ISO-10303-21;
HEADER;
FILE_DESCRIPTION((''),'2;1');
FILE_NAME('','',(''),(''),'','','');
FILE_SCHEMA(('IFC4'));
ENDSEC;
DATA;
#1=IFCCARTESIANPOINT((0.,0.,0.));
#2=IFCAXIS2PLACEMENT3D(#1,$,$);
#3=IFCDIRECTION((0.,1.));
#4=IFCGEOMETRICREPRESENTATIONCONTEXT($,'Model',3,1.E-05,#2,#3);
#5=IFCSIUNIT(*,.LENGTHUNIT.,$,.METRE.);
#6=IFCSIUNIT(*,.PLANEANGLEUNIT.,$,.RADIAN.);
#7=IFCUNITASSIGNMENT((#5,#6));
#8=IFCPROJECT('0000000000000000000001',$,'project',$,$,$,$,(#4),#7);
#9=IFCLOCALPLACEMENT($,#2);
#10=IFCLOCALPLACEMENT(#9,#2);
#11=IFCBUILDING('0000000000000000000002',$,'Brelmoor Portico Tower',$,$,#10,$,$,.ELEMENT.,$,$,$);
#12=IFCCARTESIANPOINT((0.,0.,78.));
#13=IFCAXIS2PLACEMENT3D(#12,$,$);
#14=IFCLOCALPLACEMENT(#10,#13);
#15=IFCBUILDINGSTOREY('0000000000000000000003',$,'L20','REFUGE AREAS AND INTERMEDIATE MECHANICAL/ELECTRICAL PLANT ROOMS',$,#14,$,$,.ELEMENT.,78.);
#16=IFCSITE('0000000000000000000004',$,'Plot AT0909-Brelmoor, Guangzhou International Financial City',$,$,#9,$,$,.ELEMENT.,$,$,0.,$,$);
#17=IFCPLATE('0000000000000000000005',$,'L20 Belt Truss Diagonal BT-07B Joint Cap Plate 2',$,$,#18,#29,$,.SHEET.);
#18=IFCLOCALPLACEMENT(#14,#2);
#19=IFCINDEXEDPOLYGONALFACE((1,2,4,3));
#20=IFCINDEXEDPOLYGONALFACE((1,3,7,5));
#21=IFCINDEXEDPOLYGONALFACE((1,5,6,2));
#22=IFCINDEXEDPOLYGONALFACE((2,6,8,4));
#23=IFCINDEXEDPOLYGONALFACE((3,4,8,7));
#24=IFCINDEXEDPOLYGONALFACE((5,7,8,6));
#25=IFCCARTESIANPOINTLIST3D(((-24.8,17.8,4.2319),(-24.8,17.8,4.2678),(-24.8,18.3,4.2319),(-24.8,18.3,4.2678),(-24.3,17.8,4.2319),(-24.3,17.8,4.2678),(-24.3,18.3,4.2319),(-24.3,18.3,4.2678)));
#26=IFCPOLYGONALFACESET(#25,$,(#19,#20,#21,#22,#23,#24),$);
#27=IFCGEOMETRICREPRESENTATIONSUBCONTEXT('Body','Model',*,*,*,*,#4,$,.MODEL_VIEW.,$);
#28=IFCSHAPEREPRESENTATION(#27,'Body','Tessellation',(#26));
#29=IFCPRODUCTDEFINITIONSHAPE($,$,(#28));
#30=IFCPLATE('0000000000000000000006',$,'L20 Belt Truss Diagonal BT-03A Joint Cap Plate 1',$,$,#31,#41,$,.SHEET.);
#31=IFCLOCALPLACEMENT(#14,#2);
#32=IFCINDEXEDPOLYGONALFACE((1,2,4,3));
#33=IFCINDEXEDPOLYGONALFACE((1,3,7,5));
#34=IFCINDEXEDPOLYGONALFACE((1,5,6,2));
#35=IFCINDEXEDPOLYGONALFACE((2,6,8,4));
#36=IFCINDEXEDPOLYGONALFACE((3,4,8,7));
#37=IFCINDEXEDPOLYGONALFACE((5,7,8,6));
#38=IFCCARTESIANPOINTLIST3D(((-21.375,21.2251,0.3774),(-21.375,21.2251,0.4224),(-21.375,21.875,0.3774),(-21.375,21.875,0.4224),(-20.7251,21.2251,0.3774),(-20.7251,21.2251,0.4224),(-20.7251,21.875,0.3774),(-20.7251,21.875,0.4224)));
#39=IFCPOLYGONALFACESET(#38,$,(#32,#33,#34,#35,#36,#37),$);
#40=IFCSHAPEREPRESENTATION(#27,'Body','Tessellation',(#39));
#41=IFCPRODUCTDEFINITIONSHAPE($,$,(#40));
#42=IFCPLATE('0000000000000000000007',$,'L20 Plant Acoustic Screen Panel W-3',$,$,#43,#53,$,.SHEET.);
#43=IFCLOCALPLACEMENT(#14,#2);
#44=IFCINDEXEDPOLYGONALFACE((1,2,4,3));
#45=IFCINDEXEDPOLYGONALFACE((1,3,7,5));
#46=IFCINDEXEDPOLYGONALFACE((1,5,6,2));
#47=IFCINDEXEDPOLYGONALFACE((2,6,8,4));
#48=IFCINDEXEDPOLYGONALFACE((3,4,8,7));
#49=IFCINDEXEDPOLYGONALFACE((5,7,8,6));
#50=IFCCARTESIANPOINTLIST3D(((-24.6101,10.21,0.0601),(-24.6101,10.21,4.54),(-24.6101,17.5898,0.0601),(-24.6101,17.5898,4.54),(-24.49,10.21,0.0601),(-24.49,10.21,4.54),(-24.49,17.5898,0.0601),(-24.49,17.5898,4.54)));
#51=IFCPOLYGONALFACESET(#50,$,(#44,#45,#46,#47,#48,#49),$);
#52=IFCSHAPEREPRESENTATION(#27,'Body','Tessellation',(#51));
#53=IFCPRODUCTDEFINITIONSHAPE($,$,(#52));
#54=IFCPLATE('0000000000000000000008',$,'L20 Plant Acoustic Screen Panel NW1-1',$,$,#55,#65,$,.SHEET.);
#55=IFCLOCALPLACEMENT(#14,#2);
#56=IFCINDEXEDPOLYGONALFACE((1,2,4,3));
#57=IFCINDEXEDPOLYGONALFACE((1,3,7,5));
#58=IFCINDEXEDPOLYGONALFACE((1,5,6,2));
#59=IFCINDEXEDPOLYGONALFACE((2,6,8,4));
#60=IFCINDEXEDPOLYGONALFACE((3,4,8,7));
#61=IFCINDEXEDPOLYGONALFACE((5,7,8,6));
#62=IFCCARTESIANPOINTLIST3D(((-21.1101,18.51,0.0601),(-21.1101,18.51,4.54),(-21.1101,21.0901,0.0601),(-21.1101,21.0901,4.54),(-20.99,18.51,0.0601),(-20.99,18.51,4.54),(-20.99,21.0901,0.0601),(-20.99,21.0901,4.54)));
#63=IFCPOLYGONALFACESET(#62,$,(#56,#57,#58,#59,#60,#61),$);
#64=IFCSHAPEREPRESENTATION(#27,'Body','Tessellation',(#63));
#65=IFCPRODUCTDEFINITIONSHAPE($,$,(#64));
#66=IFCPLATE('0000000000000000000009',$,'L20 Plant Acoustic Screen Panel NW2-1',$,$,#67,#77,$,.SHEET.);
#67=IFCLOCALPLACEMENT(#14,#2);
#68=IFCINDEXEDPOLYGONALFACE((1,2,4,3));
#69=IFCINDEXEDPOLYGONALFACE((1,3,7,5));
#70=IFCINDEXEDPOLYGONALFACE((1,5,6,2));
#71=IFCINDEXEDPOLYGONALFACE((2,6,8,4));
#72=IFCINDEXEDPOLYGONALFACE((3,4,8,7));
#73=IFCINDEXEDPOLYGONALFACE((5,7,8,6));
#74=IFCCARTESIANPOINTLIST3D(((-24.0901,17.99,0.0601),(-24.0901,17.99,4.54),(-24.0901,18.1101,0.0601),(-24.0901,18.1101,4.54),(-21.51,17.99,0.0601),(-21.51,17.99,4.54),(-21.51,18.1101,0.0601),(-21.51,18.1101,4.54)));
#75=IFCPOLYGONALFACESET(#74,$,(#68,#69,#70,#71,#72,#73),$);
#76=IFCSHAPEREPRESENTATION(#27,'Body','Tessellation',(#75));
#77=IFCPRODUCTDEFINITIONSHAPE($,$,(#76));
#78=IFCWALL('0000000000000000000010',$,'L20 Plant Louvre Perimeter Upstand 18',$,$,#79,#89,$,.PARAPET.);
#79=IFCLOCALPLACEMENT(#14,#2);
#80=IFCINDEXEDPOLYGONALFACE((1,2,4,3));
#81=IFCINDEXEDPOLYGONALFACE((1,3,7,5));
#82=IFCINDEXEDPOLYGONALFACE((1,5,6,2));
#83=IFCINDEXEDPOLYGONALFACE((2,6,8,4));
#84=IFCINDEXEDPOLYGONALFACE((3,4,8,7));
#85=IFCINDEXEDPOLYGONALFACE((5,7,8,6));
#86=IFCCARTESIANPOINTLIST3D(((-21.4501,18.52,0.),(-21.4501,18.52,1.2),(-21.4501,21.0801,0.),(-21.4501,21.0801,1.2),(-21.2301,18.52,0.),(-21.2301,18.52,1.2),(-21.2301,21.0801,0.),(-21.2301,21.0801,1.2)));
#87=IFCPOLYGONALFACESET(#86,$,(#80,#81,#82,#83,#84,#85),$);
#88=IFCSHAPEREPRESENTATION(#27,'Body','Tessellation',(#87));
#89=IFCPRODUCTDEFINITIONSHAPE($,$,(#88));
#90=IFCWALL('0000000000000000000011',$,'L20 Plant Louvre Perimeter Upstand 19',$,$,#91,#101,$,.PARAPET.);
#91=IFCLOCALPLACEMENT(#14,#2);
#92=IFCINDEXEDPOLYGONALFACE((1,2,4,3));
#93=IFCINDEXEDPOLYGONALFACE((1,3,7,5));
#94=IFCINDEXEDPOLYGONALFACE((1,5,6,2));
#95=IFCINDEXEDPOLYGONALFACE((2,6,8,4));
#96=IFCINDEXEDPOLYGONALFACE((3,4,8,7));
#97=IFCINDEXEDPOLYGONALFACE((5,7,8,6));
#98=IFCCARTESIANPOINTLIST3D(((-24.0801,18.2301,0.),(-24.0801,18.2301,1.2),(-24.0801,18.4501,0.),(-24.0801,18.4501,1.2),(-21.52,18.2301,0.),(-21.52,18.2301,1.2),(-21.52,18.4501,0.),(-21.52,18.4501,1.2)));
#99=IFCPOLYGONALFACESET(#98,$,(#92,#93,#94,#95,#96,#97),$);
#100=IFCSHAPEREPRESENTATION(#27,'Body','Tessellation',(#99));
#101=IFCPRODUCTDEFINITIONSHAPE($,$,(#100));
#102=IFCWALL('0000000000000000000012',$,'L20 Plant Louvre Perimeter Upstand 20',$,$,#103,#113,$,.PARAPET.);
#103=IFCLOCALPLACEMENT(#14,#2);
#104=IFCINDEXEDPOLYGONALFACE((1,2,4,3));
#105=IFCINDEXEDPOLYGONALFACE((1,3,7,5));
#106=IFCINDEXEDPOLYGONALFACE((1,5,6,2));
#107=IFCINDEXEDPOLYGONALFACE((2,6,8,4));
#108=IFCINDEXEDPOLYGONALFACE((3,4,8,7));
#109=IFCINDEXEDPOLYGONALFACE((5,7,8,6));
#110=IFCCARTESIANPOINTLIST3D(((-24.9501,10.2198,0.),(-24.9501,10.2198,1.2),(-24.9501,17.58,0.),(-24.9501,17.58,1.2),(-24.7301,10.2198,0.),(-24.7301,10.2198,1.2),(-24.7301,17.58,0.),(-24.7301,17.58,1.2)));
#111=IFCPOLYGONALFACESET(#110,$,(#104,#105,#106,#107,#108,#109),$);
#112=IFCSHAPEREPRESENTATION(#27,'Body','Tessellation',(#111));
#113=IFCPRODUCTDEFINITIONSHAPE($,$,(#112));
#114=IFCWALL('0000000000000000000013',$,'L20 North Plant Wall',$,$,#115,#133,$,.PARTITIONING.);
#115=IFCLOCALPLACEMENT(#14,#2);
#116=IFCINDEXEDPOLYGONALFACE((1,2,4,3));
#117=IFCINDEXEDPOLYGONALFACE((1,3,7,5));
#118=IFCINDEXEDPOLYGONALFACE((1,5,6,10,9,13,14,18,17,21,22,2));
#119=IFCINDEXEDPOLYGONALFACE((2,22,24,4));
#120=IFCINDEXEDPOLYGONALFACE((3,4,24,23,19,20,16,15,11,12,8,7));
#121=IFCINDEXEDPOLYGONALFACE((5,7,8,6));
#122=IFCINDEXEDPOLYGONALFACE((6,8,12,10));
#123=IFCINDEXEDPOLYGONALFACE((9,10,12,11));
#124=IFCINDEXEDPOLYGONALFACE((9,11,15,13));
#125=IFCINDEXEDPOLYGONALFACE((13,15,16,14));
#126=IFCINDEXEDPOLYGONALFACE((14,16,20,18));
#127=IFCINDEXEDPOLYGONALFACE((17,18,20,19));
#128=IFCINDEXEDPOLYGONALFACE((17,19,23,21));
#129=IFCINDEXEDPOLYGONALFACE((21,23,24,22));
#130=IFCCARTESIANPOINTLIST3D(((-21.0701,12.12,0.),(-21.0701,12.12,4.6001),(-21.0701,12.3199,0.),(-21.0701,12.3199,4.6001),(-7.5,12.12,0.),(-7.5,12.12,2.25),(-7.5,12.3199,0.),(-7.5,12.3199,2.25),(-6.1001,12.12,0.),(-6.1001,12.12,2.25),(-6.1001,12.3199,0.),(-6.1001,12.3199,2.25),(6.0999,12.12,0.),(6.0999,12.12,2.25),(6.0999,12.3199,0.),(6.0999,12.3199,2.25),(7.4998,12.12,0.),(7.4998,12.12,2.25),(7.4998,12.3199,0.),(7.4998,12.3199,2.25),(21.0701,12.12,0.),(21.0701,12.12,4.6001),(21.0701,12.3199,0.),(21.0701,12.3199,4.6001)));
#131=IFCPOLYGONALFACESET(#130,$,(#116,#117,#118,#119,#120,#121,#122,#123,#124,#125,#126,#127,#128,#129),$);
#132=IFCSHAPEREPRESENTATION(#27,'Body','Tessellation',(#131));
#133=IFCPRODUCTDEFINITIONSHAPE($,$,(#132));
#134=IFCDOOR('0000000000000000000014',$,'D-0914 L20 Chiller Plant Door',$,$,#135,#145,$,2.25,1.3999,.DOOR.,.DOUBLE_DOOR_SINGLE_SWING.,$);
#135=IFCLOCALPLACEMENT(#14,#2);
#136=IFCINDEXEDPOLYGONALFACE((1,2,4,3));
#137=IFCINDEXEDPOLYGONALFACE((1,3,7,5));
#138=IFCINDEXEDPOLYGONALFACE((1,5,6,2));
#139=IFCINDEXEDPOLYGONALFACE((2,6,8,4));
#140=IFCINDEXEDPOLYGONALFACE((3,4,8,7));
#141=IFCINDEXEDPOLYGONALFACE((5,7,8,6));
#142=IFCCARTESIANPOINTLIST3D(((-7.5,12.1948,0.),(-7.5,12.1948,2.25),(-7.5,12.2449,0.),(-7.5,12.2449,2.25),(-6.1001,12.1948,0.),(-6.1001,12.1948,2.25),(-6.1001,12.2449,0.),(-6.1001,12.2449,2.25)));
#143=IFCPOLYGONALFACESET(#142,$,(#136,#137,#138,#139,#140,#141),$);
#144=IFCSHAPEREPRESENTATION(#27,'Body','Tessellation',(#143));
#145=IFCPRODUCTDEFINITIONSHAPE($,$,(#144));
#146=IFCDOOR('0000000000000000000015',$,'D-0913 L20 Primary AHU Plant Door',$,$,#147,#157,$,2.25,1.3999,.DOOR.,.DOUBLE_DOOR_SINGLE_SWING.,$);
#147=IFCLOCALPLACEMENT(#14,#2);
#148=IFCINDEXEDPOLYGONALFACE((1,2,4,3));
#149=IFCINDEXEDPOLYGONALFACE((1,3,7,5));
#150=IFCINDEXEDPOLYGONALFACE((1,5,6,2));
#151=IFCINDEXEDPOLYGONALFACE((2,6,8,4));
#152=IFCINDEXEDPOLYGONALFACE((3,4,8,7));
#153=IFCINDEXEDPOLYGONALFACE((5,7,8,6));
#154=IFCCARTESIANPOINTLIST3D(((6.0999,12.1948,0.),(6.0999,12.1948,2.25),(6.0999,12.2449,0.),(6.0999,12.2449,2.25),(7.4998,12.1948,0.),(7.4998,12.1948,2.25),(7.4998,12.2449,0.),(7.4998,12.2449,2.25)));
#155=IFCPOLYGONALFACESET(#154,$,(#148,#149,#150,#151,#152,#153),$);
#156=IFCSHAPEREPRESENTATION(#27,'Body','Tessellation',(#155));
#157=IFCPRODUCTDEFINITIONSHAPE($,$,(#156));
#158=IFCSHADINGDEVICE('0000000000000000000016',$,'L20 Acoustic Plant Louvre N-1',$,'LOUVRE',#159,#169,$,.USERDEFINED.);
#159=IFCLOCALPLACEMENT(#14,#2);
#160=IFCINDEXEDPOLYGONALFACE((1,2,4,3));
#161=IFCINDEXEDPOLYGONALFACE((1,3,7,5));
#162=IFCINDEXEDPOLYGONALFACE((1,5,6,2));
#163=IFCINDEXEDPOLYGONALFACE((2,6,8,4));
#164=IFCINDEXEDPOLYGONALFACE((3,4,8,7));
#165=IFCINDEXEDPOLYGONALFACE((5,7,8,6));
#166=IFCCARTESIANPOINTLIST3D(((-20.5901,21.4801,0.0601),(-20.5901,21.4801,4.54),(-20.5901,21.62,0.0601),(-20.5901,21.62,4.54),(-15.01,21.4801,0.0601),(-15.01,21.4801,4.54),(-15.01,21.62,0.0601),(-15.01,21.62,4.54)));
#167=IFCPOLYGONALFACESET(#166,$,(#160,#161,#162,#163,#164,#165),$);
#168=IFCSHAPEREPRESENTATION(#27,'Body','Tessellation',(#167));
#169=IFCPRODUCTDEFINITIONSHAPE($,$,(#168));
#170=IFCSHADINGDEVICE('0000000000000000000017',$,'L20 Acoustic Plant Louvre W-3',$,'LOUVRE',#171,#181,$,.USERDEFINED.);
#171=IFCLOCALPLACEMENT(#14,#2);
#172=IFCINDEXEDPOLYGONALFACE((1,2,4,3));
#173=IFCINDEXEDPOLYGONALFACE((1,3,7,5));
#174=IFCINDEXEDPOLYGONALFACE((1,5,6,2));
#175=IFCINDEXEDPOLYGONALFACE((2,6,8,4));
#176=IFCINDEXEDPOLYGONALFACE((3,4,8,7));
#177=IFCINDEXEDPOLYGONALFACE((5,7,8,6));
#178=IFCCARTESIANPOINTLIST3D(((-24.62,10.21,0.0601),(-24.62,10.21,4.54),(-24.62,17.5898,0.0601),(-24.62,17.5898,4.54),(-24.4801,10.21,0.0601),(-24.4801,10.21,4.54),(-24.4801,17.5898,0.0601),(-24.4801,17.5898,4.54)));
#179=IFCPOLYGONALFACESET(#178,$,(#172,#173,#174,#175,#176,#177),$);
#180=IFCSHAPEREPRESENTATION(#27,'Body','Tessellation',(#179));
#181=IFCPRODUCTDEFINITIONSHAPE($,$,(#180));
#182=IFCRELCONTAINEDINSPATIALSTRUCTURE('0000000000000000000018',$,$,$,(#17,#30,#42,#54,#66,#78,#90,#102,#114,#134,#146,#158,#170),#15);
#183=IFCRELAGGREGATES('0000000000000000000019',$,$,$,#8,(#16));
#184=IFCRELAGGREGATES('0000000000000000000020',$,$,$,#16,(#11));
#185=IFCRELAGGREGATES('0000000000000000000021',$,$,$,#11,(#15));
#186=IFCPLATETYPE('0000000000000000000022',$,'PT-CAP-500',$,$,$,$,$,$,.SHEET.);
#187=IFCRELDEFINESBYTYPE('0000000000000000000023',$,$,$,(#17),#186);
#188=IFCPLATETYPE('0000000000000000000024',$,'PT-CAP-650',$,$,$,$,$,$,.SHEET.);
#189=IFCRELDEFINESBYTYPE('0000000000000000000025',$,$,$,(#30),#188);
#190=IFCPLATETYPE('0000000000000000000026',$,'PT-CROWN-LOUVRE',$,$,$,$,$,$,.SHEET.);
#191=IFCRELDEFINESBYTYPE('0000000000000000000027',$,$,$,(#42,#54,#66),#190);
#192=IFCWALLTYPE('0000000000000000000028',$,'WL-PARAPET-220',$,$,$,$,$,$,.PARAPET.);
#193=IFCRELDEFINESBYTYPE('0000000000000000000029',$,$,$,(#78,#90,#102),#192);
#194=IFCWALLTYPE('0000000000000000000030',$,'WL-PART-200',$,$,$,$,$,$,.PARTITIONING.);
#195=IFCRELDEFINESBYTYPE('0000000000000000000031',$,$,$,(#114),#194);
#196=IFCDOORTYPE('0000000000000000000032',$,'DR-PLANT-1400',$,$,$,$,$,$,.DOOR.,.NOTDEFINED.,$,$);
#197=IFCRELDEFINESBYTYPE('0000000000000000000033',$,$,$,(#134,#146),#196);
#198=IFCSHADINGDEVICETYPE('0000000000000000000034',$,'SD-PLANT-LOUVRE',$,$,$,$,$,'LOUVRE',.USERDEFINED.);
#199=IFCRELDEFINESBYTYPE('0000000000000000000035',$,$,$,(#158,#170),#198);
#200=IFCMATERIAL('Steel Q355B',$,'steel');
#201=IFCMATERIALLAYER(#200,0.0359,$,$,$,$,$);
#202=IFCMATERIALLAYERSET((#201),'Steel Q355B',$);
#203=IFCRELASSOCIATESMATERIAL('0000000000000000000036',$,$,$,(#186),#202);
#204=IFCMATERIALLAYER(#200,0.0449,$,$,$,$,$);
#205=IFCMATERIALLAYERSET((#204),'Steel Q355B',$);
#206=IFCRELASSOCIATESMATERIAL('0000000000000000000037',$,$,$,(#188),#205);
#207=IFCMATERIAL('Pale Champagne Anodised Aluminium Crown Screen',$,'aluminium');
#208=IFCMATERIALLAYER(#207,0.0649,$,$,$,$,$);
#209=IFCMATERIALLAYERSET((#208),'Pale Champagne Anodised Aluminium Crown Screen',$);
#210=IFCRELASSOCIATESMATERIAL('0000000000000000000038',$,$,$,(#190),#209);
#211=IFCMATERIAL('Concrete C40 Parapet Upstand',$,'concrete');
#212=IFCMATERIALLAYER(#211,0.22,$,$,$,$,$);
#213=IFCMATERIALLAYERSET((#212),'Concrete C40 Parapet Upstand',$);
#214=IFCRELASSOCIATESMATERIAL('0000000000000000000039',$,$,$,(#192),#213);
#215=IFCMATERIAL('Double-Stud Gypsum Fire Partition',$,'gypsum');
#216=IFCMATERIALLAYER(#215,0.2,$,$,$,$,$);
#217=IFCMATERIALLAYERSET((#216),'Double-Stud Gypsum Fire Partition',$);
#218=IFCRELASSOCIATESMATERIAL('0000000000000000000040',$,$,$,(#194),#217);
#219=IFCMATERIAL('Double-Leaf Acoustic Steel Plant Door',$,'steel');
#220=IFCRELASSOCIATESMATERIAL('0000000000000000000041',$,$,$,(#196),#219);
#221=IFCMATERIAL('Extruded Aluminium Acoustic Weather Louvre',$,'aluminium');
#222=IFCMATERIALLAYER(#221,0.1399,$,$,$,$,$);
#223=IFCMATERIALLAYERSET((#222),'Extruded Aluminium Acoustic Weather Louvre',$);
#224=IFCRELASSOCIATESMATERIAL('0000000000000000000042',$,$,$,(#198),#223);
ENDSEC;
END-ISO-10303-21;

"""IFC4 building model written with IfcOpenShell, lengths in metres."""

from ifc_helpers import new_model, si_unit, direction, frame, frame_2d, origin, origin_2d, place, context, subcontext, project, spatial, rectangle, extrude, material, layer, layer_set, type_object, element, fill, save


model = new_model("IFC4")

# Units and contexts
model_context = context("Model", 3, precision=1e-05, world=origin(), true_north=direction((0.0, 1.0)))
body_context = subcontext(model_context, "Body", "Model", "MODEL_VIEW")
ifc_project = project(units=[si_unit("LENGTHUNIT", "METRE"), si_unit("PLANEANGLEUNIT", "RADIAN")], contexts=[model_context])

# Site, building, storey
site_placement = place(None, origin())
site = spatial("IfcSite", under=ifc_project, at=site_placement, Name="Plot AT0909-Brelmoor, Guangzhou International Financial City", CompositionType="ELEMENT", RefElevation=0.0)
building_placement = place(site_placement, origin())
building = spatial("IfcBuilding", under=site, at=building_placement, Name="Brelmoor Portico Tower", CompositionType="ELEMENT")
storey_placement = place(building_placement, frame((0.0, 0.0, 78.0)))
storey = spatial("IfcBuildingStorey", under=building, at=storey_placement, Name="L20", Description="REFUGE AREAS AND INTERMEDIATE MECHANICAL/ELECTRICAL PLANT ROOMS", CompositionType="ELEMENT", Elevation=78.0)

# Shared definitions
ifc_material_1 = material(Name="Steel Q355B", Category="steel")

# Plates
ifc_layer_1 = layer(ifc_material_1, 0.0359)
ifc_layer_set_1 = layer_set([ifc_layer_1], Name="Steel Q355B")
plate_type_1 = type_object("IfcPlateType", Name="PT-CAP-500", PredefinedType="SHEET", material=ifc_layer_set_1)
plate_1_placement = place(storey_placement, frame((-24.55, 18.05, 4.2319), z_axis=(0.0, 0.0, 1.0), x_axis=(1.0, 0.0, 0.0)))
element("IfcPlate", 1, at=plate_1_placement, inside=storey, type_object=plate_type_1, Name="L20 Belt Truss Diagonal BT-07B Joint Cap Plate 2", PredefinedType="SHEET", context=body_context, shape_type="SweptSolid", body=[
    extrude(rectangle(XDim=0.5, YDim=0.5, at=origin_2d()), origin(), (0.0, 0.0, 1.0), 0.0359),
])
ifc_layer_2 = layer(ifc_material_1, 0.0449)
ifc_layer_set_2 = layer_set([ifc_layer_2], Name="Steel Q355B")
plate_type_2 = type_object("IfcPlateType", Name="PT-CAP-650", PredefinedType="SHEET", material=ifc_layer_set_2)
plate_2_placement = place(storey_placement, frame((-21.05, 21.55, 0.3774), z_axis=(0.0, 0.0, 1.0), x_axis=(1.0, 0.0, 0.0)))
element("IfcPlate", 2, at=plate_2_placement, inside=storey, type_object=plate_type_2, Name="L20 Belt Truss Diagonal BT-03A Joint Cap Plate 1", PredefinedType="SHEET", context=body_context, shape_type="SweptSolid", body=[
    extrude(rectangle(XDim=0.6499, YDim=0.6499, at=origin_2d()), origin(), (0.0, 0.0, 1.0), 0.0449),
])
ifc_material_2 = material(Name="Pale Champagne Anodised Aluminium Crown Screen", Category="aluminium")
ifc_layer_3 = layer(ifc_material_2, 0.0649)
ifc_layer_set_3 = layer_set([ifc_layer_3], Name="Pale Champagne Anodised Aluminium Crown Screen")
plate_type_3 = type_object("IfcPlateType", Name="PT-CROWN-LOUVRE", PredefinedType="SHEET", material=ifc_layer_set_3)
plate_3_placement = place(storey_placement, frame((-24.55, 13.8999, 0.0601), z_axis=(0.0, 0.0, 1.0), x_axis=(0.0, 1.0, 0.0)))
element("IfcPlate", 3, at=plate_3_placement, inside=storey, type_object=plate_type_3, Name="L20 Plant Acoustic Screen Panel W-3", PredefinedType="SHEET", context=body_context, shape_type="SweptSolid", body=[
    extrude(rectangle(XDim=7.3799, YDim=0.1201, at=origin_2d()), origin(), (0.0, 0.0, 1.0), 4.48),
])
for number, where, z_axis, x_axis, name in (
    (4, (-21.05, 19.8, 0.0601), (0.0, 0.0, 1.0), (0.0, 1.0, 0.0), "L20 Plant Acoustic Screen Panel NW1-1"),
    (5, (-22.8, 18.05, 0.0601), (0.0, 0.0, 1.0), (1.0, 0.0, 0.0), "L20 Plant Acoustic Screen Panel NW2-1"),
):
    element("IfcPlate", number, at=place(storey_placement, frame(where, z_axis=z_axis, x_axis=x_axis)), inside=storey, type_object=plate_type_3, Name=name, PredefinedType="SHEET", context=body_context, shape_type="SweptSolid", body=[
        extrude(rectangle(XDim=2.5801, YDim=0.1201, at=origin_2d()), origin(), (0.0, 0.0, 1.0), 4.48),
    ])

# Walls
ifc_material_3 = material(Name="Concrete C40 Parapet Upstand", Category="concrete")
ifc_layer_4 = layer(ifc_material_3, 0.22)
ifc_layer_set_4 = layer_set([ifc_layer_4], Name="Concrete C40 Parapet Upstand")
wall_type_1 = type_object("IfcWallType", Name="WL-PARAPET-220", PredefinedType="PARAPET", material=ifc_layer_set_4)
for number, where, z_axis, x_axis, name in (
    (6, (-21.3401, 21.0801, 0.0), (0.0, 0.0, 1.0), (0.0, -1.0, 0.0), "L20 Plant Louvre Perimeter Upstand 18"),
    (7, (-21.52, 18.3401, 0.0), (0.0, 0.0, 1.0), (-1.0, 0.0, 0.0), "L20 Plant Louvre Perimeter Upstand 19"),
):
    element("IfcWall", number, at=place(storey_placement, frame(where, z_axis=z_axis, x_axis=x_axis)), inside=storey, type_object=wall_type_1, Name=name, PredefinedType="PARAPET", context=body_context, shape_type="SweptSolid", body=[
        extrude(rectangle(XDim=2.5601, YDim=0.22, at=frame_2d((1.28, 0.0))), origin(), (0.0, 0.0, 1.0), 1.2),
    ])
wall_1_placement = place(storey_placement, frame((-24.8401, 17.5801, 0.0), z_axis=(0.0, 0.0, 1.0), x_axis=(0.0, -1.0, 0.0)))
element("IfcWall", 8, at=wall_1_placement, inside=storey, type_object=wall_type_1, Name="L20 Plant Louvre Perimeter Upstand 20", PredefinedType="PARAPET", context=body_context, shape_type="SweptSolid", body=[
    extrude(rectangle(XDim=7.3601, YDim=0.22, at=frame_2d((3.6802, 0.0))), origin(), (0.0, 0.0, 1.0), 1.2),
])

# Wall, openings, doors
ifc_material_4 = material(Name="Double-Stud Gypsum Fire Partition", Category="gypsum")
ifc_layer_5 = layer(ifc_material_4, 0.2)
ifc_layer_set_5 = layer_set([ifc_layer_5], Name="Double-Stud Gypsum Fire Partition")
wall_type_2 = type_object("IfcWallType", Name="WL-PART-200", PredefinedType="PARTITIONING", material=ifc_layer_set_5)
wall_2_placement = place(storey_placement, frame((-21.0701, 12.22, 0.0), z_axis=(0.0, 0.0, 1.0), x_axis=(1.0, 0.0, 0.0)))
wall_2 = element("IfcWall", 9, at=wall_2_placement, inside=storey, type_object=wall_type_2, Name="L20 North Plant Wall", PredefinedType="PARTITIONING", context=body_context, shape_type="SweptSolid", body=[
    extrude(rectangle(XDim=42.1401, YDim=0.2, at=frame_2d((21.0701, 0.0))), origin(), (0.0, 0.0, 1.0), 4.6001),
])
opening_1_placement = place(wall_2_placement, frame((13.5701, 0.0, 0.0)))
opening_1 = element("IfcOpeningElement", 10, at=opening_1_placement, cuts=wall_2, PredefinedType="OPENING", context=body_context, shape_type="SweptSolid", body=[
    extrude(rectangle(XDim=1.3999, YDim=2.25, at=frame_2d((0.7, 1.125))), frame((0.0, 0.1099, 0.0), z_axis=(0.0, -1.0, 0.0), x_axis=(1.0, 0.0, 0.0)), (0.0, 0.0, 1.0), 0.22),
])
opening_2_placement = place(wall_2_placement, frame((27.1699, 0.0, 0.0)))
opening_2 = element("IfcOpeningElement", 11, at=opening_2_placement, cuts=wall_2, PredefinedType="OPENING", context=body_context, shape_type="SweptSolid", body=[
    extrude(rectangle(XDim=1.3999, YDim=2.25, at=frame_2d((0.7, 1.125))), frame((0.0, 0.1099, 0.0), z_axis=(0.0, -1.0, 0.0), x_axis=(1.0, 0.0, 0.0)), (0.0, 0.0, 1.0), 0.22),
])
ifc_material_5 = material(Name="Double-Leaf Acoustic Steel Plant Door", Category="steel")
door_type = type_object("IfcDoorType", Name="DR-PLANT-1400", OperationType="NOTDEFINED", PredefinedType="DOOR", material=ifc_material_5)
door_1_placement = place(opening_1_placement, origin())
door_1 = element("IfcDoor", 12, at=door_1_placement, inside=storey, type_object=door_type, Name="D-0914 L20 Chiller Plant Door", OperationType="DOUBLE_DOOR_SINGLE_SWING", OverallHeight=2.25, OverallWidth=1.3999, PredefinedType="DOOR", context=body_context, shape_type="SweptSolid", body=[
    extrude(rectangle(XDim=1.3999, YDim=2.25, at=frame_2d((0.7, 1.125))), frame((0.0, 0.0249, 0.0), z_axis=(0.0, -1.0, 0.0), x_axis=(1.0, 0.0, 0.0)), (0.0, 0.0, 1.0), 0.05),
])
fill(opening_1, door_1)
door_2_placement = place(opening_2_placement, origin())
door_2 = element("IfcDoor", 13, at=door_2_placement, inside=storey, type_object=door_type, Name="D-0913 L20 Primary AHU Plant Door", OperationType="DOUBLE_DOOR_SINGLE_SWING", OverallHeight=2.25, OverallWidth=1.3999, PredefinedType="DOOR", context=body_context, shape_type="SweptSolid", body=[
    extrude(rectangle(XDim=1.3999, YDim=2.25, at=frame_2d((0.7, 1.125))), frame((0.0, 0.0249, 0.0), z_axis=(0.0, -1.0, 0.0), x_axis=(1.0, 0.0, 0.0)), (0.0, 0.0, 1.0), 0.05),
])
fill(opening_2, door_2)

# Shading devices
ifc_material_6 = material(Name="Extruded Aluminium Acoustic Weather Louvre", Category="aluminium")
ifc_layer_6 = layer(ifc_material_6, 0.1399)
ifc_layer_set_6 = layer_set([ifc_layer_6], Name="Extruded Aluminium Acoustic Weather Louvre")
shading_device_type = type_object("IfcShadingDeviceType", Name="SD-PLANT-LOUVRE", ElementType="LOUVRE", PredefinedType="USERDEFINED", material=ifc_layer_set_6)
shading_device_1_placement = place(storey_placement, frame((-17.8, 21.55, 0.0601), z_axis=(0.0, 0.0, 1.0), x_axis=(1.0, 0.0, 0.0)))
element("IfcShadingDevice", 14, at=shading_device_1_placement, inside=storey, type_object=shading_device_type, Name="L20 Acoustic Plant Louvre N-1", ObjectType="LOUVRE", PredefinedType="USERDEFINED", context=body_context, shape_type="SweptSolid", body=[
    extrude(rectangle(XDim=5.5801, YDim=0.1399, at=origin_2d()), origin(), (0.0, 0.0, 1.0), 4.48),
])
shading_device_2_placement = place(storey_placement, frame((-24.55, 13.8999, 0.0601), z_axis=(0.0, 0.0, 1.0), x_axis=(0.0, 1.0, 0.0)))
element("IfcShadingDevice", 15, at=shading_device_2_placement, inside=storey, type_object=shading_device_type, Name="L20 Acoustic Plant Louvre W-3", ObjectType="LOUVRE", PredefinedType="USERDEFINED", context=body_context, shape_type="SweptSolid", body=[
    extrude(rectangle(XDim=7.3799, YDim=0.1399, at=origin_2d()), origin(), (0.0, 0.0, 1.0), 4.48),
])

save(model, "model.ifc")
